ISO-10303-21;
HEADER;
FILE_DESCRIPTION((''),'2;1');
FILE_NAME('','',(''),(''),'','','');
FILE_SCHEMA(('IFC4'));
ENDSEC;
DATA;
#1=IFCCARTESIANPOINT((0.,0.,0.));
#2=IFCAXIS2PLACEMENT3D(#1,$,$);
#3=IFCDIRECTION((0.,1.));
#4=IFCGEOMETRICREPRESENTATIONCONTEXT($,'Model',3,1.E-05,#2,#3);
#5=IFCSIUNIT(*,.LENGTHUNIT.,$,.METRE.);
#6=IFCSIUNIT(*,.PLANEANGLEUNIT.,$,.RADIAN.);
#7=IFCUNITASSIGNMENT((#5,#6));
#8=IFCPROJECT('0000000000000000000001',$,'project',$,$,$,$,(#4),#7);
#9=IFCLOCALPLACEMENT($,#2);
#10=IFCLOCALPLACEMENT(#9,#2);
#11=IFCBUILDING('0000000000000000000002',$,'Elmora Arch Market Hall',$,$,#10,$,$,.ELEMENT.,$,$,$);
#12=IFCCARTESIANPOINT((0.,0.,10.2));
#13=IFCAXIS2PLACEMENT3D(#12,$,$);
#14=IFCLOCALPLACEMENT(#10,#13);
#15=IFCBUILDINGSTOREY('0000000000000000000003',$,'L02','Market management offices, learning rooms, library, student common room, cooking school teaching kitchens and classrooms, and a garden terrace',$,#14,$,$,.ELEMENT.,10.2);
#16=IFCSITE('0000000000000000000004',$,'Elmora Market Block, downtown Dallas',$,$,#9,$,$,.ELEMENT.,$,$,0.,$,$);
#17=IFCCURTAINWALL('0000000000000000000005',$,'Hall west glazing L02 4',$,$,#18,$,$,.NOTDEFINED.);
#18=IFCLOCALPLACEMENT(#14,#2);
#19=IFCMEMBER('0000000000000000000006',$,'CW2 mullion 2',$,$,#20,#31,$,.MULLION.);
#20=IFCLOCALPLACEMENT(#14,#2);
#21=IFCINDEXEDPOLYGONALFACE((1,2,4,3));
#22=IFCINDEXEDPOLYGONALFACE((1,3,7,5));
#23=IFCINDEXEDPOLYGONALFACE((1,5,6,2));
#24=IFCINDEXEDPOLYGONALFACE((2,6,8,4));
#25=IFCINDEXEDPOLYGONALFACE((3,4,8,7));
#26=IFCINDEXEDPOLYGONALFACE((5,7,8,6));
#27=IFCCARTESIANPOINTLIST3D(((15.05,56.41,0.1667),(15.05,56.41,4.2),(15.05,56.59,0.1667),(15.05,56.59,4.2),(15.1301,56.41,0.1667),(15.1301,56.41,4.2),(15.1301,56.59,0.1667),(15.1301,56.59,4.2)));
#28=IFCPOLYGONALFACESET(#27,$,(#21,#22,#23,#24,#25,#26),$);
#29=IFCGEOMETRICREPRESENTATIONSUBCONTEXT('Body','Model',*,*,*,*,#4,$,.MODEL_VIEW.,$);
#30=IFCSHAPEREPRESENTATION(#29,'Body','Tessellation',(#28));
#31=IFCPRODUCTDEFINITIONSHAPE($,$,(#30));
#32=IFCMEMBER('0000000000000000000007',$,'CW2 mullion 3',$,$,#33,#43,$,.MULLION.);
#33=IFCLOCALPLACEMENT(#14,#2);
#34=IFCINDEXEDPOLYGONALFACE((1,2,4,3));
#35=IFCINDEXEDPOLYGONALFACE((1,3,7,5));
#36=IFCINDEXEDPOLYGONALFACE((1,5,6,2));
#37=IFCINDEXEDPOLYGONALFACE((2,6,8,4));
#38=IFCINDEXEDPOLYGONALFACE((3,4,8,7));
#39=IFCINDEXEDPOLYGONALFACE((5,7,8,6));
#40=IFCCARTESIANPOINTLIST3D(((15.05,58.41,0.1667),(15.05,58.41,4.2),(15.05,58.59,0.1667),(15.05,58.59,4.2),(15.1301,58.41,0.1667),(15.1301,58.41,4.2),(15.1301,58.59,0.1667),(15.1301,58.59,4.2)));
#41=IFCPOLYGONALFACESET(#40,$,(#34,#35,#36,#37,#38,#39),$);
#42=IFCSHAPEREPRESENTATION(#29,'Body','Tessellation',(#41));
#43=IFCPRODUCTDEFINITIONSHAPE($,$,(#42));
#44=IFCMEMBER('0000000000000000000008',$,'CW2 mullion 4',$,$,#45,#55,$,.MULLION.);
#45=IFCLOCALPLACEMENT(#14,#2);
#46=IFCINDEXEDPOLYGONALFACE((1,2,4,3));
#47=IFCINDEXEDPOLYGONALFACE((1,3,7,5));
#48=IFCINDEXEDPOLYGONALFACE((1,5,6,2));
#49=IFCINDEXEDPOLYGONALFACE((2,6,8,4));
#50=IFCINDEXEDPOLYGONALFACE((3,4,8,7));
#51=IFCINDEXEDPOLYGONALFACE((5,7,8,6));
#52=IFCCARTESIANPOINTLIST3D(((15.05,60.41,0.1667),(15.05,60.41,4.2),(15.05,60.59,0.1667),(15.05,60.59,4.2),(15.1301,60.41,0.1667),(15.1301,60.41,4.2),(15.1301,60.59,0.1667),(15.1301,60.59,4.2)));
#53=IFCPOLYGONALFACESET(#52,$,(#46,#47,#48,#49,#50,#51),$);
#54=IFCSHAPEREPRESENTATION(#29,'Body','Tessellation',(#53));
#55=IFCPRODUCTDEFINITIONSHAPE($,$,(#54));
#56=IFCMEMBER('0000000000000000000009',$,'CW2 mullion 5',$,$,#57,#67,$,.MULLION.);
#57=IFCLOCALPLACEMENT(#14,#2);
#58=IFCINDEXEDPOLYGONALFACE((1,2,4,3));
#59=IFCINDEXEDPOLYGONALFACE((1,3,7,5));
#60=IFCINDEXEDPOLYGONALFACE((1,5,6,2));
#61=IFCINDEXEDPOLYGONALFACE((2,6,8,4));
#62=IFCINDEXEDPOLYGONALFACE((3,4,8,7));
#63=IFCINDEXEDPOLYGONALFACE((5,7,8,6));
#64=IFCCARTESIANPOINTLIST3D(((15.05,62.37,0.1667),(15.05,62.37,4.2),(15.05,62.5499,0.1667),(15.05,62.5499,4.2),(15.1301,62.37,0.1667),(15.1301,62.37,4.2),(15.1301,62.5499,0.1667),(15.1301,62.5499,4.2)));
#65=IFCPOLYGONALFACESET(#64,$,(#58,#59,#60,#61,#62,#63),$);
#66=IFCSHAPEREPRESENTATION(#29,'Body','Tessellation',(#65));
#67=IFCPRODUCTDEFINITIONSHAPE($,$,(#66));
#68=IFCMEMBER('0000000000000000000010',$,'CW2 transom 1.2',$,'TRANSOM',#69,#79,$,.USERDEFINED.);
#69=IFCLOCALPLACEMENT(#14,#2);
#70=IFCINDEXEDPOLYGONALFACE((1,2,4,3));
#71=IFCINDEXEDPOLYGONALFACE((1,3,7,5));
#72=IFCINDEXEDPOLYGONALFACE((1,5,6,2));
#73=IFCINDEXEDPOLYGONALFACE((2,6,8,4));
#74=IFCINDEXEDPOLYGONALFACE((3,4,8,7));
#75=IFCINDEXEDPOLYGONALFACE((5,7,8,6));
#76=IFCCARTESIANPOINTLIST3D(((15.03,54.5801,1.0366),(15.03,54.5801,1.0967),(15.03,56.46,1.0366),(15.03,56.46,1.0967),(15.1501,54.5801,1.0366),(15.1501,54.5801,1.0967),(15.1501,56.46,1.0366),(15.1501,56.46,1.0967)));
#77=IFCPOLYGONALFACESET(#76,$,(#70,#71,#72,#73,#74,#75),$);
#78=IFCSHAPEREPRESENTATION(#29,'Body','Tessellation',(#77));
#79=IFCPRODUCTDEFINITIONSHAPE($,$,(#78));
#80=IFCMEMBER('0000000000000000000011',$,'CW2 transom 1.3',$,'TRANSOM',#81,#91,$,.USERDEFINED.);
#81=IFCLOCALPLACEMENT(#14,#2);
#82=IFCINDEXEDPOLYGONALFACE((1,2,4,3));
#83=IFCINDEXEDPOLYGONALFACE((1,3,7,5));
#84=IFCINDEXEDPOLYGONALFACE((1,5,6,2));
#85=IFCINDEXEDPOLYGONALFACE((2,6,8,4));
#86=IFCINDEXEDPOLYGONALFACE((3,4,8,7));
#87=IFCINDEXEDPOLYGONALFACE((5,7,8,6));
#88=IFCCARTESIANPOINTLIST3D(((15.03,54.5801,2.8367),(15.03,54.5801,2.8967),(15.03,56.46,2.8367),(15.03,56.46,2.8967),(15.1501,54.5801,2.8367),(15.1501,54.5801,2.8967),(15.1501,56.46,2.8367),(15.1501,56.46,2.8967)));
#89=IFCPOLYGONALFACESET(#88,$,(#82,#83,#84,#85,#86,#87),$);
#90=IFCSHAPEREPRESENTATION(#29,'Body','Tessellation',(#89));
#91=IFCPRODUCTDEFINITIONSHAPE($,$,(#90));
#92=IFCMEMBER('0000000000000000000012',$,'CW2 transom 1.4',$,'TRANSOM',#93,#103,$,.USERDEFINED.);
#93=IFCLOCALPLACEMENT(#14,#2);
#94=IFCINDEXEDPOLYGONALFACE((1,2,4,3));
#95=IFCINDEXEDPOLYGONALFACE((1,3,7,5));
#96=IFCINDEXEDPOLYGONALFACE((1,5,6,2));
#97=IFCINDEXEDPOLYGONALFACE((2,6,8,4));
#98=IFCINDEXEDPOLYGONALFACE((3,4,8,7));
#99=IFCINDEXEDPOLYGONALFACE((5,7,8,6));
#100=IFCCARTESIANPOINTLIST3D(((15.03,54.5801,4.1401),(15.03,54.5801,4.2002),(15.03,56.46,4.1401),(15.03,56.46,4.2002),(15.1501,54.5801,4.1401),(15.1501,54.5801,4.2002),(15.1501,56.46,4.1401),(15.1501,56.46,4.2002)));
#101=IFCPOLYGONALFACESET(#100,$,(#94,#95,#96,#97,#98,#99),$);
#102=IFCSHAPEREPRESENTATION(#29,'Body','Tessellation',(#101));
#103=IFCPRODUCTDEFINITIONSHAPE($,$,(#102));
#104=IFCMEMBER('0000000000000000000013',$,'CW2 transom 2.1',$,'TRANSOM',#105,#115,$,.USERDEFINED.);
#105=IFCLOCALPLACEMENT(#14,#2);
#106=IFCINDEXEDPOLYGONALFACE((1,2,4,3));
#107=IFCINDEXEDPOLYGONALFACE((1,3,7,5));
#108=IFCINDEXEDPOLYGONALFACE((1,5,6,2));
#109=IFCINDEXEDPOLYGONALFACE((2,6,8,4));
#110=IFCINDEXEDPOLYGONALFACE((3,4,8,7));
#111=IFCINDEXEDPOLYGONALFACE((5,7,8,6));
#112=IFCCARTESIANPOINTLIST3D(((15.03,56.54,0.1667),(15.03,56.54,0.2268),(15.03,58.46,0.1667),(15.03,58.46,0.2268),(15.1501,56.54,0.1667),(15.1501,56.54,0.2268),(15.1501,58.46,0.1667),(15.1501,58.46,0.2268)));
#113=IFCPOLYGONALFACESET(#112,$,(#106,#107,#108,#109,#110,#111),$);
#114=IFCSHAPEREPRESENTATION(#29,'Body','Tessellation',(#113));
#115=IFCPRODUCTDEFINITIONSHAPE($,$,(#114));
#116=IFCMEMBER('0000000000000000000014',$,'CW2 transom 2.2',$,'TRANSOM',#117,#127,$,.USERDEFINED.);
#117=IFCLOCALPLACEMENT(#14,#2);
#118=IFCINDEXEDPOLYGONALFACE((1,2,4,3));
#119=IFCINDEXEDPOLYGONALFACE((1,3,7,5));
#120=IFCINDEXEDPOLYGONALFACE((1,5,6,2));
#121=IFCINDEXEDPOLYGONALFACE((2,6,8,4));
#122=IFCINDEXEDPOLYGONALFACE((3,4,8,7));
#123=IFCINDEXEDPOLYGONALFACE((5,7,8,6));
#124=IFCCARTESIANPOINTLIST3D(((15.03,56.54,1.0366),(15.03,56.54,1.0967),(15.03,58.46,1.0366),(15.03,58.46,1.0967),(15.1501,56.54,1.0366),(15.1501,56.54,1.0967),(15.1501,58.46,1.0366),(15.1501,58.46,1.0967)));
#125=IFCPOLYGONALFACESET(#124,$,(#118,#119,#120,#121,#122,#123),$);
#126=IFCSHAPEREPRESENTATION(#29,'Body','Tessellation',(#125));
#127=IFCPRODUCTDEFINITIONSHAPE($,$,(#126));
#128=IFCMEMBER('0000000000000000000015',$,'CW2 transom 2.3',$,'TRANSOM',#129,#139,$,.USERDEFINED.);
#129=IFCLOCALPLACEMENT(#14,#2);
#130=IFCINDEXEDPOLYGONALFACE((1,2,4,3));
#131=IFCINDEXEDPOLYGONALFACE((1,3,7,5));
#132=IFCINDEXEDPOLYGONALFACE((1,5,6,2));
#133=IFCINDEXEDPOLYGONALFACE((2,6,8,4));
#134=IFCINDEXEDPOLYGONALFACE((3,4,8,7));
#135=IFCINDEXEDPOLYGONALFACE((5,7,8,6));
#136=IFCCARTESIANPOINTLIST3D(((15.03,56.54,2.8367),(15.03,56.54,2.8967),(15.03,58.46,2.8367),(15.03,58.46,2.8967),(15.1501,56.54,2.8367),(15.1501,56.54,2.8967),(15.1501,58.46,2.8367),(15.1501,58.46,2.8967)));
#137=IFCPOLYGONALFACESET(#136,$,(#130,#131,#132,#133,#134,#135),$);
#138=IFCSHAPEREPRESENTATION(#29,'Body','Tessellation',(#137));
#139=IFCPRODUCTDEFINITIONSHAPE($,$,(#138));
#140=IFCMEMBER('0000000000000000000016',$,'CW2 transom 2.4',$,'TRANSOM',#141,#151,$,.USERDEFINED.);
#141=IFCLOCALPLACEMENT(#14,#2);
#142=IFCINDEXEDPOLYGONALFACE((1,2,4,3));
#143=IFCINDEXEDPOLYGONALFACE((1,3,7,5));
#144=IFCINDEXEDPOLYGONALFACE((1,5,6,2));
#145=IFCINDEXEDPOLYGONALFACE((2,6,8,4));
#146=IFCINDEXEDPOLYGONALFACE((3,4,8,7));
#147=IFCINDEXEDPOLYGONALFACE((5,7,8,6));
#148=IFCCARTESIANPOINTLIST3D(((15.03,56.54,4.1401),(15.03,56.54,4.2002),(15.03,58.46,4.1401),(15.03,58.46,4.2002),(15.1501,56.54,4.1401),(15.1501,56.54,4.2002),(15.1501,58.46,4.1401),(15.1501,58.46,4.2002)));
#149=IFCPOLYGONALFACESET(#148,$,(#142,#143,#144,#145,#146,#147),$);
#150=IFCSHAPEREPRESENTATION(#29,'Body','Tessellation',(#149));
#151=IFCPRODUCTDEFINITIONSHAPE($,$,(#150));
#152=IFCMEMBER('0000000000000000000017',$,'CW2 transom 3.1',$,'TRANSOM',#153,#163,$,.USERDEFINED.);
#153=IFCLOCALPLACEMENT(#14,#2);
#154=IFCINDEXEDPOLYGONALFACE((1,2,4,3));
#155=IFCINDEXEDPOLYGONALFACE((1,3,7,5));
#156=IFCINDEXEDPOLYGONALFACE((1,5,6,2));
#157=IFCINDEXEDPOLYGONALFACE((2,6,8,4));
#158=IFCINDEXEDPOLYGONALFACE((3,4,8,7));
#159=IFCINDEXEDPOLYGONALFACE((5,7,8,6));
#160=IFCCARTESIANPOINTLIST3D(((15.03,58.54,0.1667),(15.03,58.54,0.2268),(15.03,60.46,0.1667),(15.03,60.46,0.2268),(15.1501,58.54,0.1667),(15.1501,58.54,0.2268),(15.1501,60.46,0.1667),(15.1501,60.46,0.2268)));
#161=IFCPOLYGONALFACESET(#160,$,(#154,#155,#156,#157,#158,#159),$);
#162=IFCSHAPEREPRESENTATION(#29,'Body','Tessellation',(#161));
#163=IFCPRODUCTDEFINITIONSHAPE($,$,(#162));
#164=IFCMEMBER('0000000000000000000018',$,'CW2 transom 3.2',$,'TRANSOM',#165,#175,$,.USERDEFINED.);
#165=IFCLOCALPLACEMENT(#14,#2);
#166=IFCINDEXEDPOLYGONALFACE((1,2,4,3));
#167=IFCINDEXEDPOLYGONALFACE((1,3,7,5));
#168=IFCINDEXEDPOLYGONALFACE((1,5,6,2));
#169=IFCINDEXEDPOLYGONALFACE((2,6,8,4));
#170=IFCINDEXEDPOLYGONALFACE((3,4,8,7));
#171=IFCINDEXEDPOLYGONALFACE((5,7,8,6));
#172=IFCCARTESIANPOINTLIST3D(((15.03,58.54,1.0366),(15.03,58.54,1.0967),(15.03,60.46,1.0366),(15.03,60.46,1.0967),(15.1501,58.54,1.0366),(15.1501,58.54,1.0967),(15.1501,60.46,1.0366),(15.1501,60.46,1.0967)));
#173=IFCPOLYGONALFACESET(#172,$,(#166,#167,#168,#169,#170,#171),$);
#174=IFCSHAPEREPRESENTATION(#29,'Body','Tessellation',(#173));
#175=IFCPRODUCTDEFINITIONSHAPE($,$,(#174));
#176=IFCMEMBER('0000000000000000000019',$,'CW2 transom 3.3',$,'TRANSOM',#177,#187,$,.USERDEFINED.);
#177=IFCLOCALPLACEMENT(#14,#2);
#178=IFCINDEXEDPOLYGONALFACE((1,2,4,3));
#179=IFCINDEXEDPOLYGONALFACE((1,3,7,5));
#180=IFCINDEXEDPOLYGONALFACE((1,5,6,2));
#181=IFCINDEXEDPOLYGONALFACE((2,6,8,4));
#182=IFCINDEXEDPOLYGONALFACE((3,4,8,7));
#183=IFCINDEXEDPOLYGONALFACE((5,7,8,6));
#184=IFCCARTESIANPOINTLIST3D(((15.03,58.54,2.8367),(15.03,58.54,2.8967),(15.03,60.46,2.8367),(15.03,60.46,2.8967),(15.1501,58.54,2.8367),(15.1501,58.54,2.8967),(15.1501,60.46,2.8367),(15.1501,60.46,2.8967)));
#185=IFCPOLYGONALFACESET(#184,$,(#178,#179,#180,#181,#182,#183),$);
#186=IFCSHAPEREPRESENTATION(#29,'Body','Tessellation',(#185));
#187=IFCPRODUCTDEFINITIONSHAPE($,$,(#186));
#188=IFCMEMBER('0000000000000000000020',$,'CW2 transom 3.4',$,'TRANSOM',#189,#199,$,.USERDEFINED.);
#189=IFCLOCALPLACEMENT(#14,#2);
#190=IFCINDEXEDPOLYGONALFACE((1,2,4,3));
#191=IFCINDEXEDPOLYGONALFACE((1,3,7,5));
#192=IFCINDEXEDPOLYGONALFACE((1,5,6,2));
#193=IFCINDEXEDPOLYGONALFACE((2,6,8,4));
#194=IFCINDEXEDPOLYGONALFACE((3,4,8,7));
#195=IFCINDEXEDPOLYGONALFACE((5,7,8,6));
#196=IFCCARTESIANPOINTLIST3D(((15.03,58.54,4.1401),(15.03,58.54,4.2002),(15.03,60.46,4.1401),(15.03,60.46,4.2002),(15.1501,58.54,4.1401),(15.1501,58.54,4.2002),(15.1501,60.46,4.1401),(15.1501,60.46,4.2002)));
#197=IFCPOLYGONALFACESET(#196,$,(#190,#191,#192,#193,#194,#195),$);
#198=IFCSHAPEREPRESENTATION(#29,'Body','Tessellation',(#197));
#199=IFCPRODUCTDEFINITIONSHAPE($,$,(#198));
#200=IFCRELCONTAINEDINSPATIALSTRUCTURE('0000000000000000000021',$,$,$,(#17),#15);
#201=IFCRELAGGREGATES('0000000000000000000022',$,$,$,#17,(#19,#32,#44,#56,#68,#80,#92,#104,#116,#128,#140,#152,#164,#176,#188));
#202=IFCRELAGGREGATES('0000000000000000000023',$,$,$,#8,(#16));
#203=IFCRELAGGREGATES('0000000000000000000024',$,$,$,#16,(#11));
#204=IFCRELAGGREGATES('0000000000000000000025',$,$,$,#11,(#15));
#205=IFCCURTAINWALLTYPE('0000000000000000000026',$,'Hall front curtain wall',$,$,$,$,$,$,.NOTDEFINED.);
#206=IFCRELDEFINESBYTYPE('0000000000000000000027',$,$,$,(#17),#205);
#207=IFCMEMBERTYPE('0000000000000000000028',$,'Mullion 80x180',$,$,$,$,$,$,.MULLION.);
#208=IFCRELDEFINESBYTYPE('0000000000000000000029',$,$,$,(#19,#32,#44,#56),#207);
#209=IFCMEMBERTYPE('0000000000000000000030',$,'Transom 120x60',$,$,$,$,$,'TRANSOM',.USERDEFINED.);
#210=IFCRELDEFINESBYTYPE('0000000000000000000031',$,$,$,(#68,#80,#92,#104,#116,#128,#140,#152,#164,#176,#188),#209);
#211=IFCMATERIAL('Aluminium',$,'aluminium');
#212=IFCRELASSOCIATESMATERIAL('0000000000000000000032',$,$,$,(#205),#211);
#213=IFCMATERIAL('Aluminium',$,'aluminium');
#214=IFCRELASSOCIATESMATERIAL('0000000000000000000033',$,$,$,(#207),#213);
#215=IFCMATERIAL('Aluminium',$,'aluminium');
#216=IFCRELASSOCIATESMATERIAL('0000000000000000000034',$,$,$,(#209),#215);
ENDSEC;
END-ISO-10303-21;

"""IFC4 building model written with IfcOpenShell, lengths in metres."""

from ifc_helpers import new_model, si_unit, direction, frame, origin, origin_2d, place, context, subcontext, project, spatial, rectangle, extrude, material, material_profile, profile_set, type_object, element, aggregate, save


model = new_model("IFC4")

# Units and contexts
model_context = context("Model", 3, precision=1e-05, world=origin(), true_north=direction((0.0, 1.0)))
body_context = subcontext(model_context, "Body", "Model", "MODEL_VIEW")
ifc_project = project(units=[si_unit("LENGTHUNIT", "METRE"), si_unit("PLANEANGLEUNIT", "RADIAN")], contexts=[model_context])

# Site, building, storey
site_placement = place(None, origin())
site = spatial("IfcSite", under=ifc_project, at=site_placement, Name="Elmora Market Block, downtown Dallas", CompositionType="ELEMENT", RefElevation=0.0)
building_placement = place(site_placement, origin())
building = spatial("IfcBuilding", under=site, at=building_placement, Name="Elmora Arch Market Hall", CompositionType="ELEMENT")
storey_placement = place(building_placement, frame((0.0, 0.0, 10.2)))
storey = spatial("IfcBuildingStorey", under=building, at=storey_placement, Name="L02", Description="Market management offices, learning rooms, library, student common room, cooking school teaching kitchens and classrooms, and a garden terrace", CompositionType="ELEMENT", Elevation=10.2)

# Curtain wall, members
ifc_material_1 = material(Name="Aluminium", Category="aluminium")
curtain_wall_type = type_object("IfcCurtainWallType", Name="Hall front curtain wall", PredefinedType="NOTDEFINED", material=ifc_material_1)
curtain_wall_placement = place(storey_placement, origin())
curtain_wall = element("IfcCurtainWall", 1, at=curtain_wall_placement, inside=storey, type_object=curtain_wall_type, Name="Hall west glazing L02 4", PredefinedType="NOTDEFINED")
ifc_material_2 = material(Name="Aluminium", Category="aluminium")
ifc_material_profile_1 = material_profile(ifc_material_2, rectangle(XDim=0.0801, YDim=0.1799, at=origin_2d()), Name="AL 80x180")
ifc_profile_set_1 = profile_set([ifc_material_profile_1], Name="Aluminium")
member_type_1 = type_object("IfcMemberType", Name="Mullion 80x180", PredefinedType="MULLION", material=ifc_profile_set_1)
member_1_placement = place(storey_placement, frame((15.0901, 56.5, 0.1667), z_axis=(0.0, 0.0, 1.0), x_axis=(-1.0, 0.0, 0.0)))
member_1 = element("IfcMember", 2, at=member_1_placement, type_object=member_type_1, Name="CW2 mullion 2", PredefinedType="MULLION", context=body_context, shape_type="SweptSolid", body=[
    extrude(rectangle(XDim=0.0801, YDim=0.1799, at=origin_2d()), origin(), (0.0, 0.0, 1.0), 4.0332),
])
member_2_placement = place(storey_placement, frame((15.0901, 58.5, 0.1667), z_axis=(0.0, 0.0, 1.0), x_axis=(-1.0, 0.0, 0.0)))
member_2 = element("IfcMember", 3, at=member_2_placement, type_object=member_type_1, Name="CW2 mullion 3", PredefinedType="MULLION", context=body_context, shape_type="SweptSolid", body=[
    extrude(rectangle(XDim=0.0801, YDim=0.1799, at=origin_2d()), origin(), (0.0, 0.0, 1.0), 4.0332),
])
member_3_placement = place(storey_placement, frame((15.0901, 60.5, 0.1667), z_axis=(0.0, 0.0, 1.0), x_axis=(-1.0, 0.0, 0.0)))
member_3 = element("IfcMember", 4, at=member_3_placement, type_object=member_type_1, Name="CW2 mullion 4", PredefinedType="MULLION", context=body_context, shape_type="SweptSolid", body=[
    extrude(rectangle(XDim=0.0801, YDim=0.1799, at=origin_2d()), origin(), (0.0, 0.0, 1.0), 4.0332),
])
member_4_placement = place(storey_placement, frame((15.0901, 62.46, 0.1667), z_axis=(0.0, 0.0, 1.0), x_axis=(-1.0, 0.0, 0.0)))
member_4 = element("IfcMember", 5, at=member_4_placement, type_object=member_type_1, Name="CW2 mullion 5", PredefinedType="MULLION", context=body_context, shape_type="SweptSolid", body=[
    extrude(rectangle(XDim=0.0801, YDim=0.1799, at=origin_2d()), origin(), (0.0, 0.0, 1.0), 4.0332),
])
ifc_material_3 = material(Name="Aluminium", Category="aluminium")
ifc_material_profile_2 = material_profile(ifc_material_3, rectangle(XDim=0.1201, YDim=0.0601, at=origin_2d()), Name="AL 120x60")
ifc_profile_set_2 = profile_set([ifc_material_profile_2], Name="Aluminium")
member_type_2 = type_object("IfcMemberType", Name="Transom 120x60", ElementType="TRANSOM", PredefinedType="USERDEFINED", material=ifc_profile_set_2)
member_5_placement = place(storey_placement, frame((15.0901, 54.5801, 1.0667), z_axis=(0.0, 1.0, 0.0), x_axis=(-1.0, 0.0, 0.0)))
member_5 = element("IfcMember", 6, at=member_5_placement, type_object=member_type_2, Name="CW2 transom 1.2", ObjectType="TRANSOM", PredefinedType="USERDEFINED", context=body_context, shape_type="SweptSolid", body=[
    extrude(rectangle(XDim=0.1201, YDim=0.0601, at=origin_2d()), origin(), (0.0, 0.0, 1.0), 1.8799),
])
member_6_placement = place(storey_placement, frame((15.0901, 54.5801, 2.8667), z_axis=(0.0, 1.0, 0.0), x_axis=(-1.0, 0.0, 0.0)))
member_6 = element("IfcMember", 7, at=member_6_placement, type_object=member_type_2, Name="CW2 transom 1.3", ObjectType="TRANSOM", PredefinedType="USERDEFINED", context=body_context, shape_type="SweptSolid", body=[
    extrude(rectangle(XDim=0.1201, YDim=0.0601, at=origin_2d()), origin(), (0.0, 0.0, 1.0), 1.8799),
])
member_7_placement = place(storey_placement, frame((15.0901, 54.5801, 4.1702), z_axis=(0.0, 1.0, 0.0), x_axis=(-1.0, 0.0, 0.0)))
member_7 = element("IfcMember", 8, at=member_7_placement, type_object=member_type_2, Name="CW2 transom 1.4", ObjectType="TRANSOM", PredefinedType="USERDEFINED", context=body_context, shape_type="SweptSolid", body=[
    extrude(rectangle(XDim=0.1201, YDim=0.0601, at=origin_2d()), origin(), (0.0, 0.0, 1.0), 1.8799),
])
member_8_placement = place(storey_placement, frame((15.0901, 56.54, 0.1968), z_axis=(0.0, 1.0, 0.0), x_axis=(-1.0, 0.0, 0.0)))
member_8 = element("IfcMember", 9, at=member_8_placement, type_object=member_type_2, Name="CW2 transom 2.1", ObjectType="TRANSOM", PredefinedType="USERDEFINED", context=body_context, shape_type="SweptSolid", body=[
    extrude(rectangle(XDim=0.1201, YDim=0.0601, at=origin_2d()), origin(), (0.0, 0.0, 1.0), 1.9199),
])
member_9_placement = place(storey_placement, frame((15.0901, 56.54, 1.0667), z_axis=(0.0, 1.0, 0.0), x_axis=(-1.0, 0.0, 0.0)))
member_9 = element("IfcMember", 10, at=member_9_placement, type_object=member_type_2, Name="CW2 transom 2.2", ObjectType="TRANSOM", PredefinedType="USERDEFINED", context=body_context, shape_type="SweptSolid", body=[
    extrude(rectangle(XDim=0.1201, YDim=0.0601, at=origin_2d()), origin(), (0.0, 0.0, 1.0), 1.9199),
])
member_10_placement = place(storey_placement, frame((15.0901, 56.54, 2.8667), z_axis=(0.0, 1.0, 0.0), x_axis=(-1.0, 0.0, 0.0)))
member_10 = element("IfcMember", 11, at=member_10_placement, type_object=member_type_2, Name="CW2 transom 2.3", ObjectType="TRANSOM", PredefinedType="USERDEFINED", context=body_context, shape_type="SweptSolid", body=[
    extrude(rectangle(XDim=0.1201, YDim=0.0601, at=origin_2d()), origin(), (0.0, 0.0, 1.0), 1.9199),
])
member_11_placement = place(storey_placement, frame((15.0901, 56.54, 4.1702), z_axis=(0.0, 1.0, 0.0), x_axis=(-1.0, 0.0, 0.0)))
member_11 = element("IfcMember", 12, at=member_11_placement, type_object=member_type_2, Name="CW2 transom 2.4", ObjectType="TRANSOM", PredefinedType="USERDEFINED", context=body_context, shape_type="SweptSolid", body=[
    extrude(rectangle(XDim=0.1201, YDim=0.0601, at=origin_2d()), origin(), (0.0, 0.0, 1.0), 1.9199),
])
member_12_placement = place(storey_placement, frame((15.0901, 58.54, 0.1968), z_axis=(0.0, 1.0, 0.0), x_axis=(-1.0, 0.0, 0.0)))
member_12 = element("IfcMember", 13, at=member_12_placement, type_object=member_type_2, Name="CW2 transom 3.1", ObjectType="TRANSOM", PredefinedType="USERDEFINED", context=body_context, shape_type="SweptSolid", body=[
    extrude(rectangle(XDim=0.1201, YDim=0.0601, at=origin_2d()), origin(), (0.0, 0.0, 1.0), 1.9199),
])
member_13_placement = place(storey_placement, frame((15.0901, 58.54, 1.0667), z_axis=(0.0, 1.0, 0.0), x_axis=(-1.0, 0.0, 0.0)))
member_13 = element("IfcMember", 14, at=member_13_placement, type_object=member_type_2, Name="CW2 transom 3.2", ObjectType="TRANSOM", PredefinedType="USERDEFINED", context=body_context, shape_type="SweptSolid", body=[
    extrude(rectangle(XDim=0.1201, YDim=0.0601, at=origin_2d()), origin(), (0.0, 0.0, 1.0), 1.9199),
])
member_14_placement = place(storey_placement, frame((15.0901, 58.54, 2.8667), z_axis=(0.0, 1.0, 0.0), x_axis=(-1.0, 0.0, 0.0)))
member_14 = element("IfcMember", 15, at=member_14_placement, type_object=member_type_2, Name="CW2 transom 3.3", ObjectType="TRANSOM", PredefinedType="USERDEFINED", context=body_context, shape_type="SweptSolid", body=[
    extrude(rectangle(XDim=0.1201, YDim=0.0601, at=origin_2d()), origin(), (0.0, 0.0, 1.0), 1.9199),
])
member_15_placement = place(storey_placement, frame((15.0901, 58.54, 4.1702), z_axis=(0.0, 1.0, 0.0), x_axis=(-1.0, 0.0, 0.0)))
member_15 = element("IfcMember", 16, at=member_15_placement, type_object=member_type_2, Name="CW2 transom 3.4", ObjectType="TRANSOM", PredefinedType="USERDEFINED", context=body_context, shape_type="SweptSolid", body=[
    extrude(rectangle(XDim=0.1201, YDim=0.0601, at=origin_2d()), origin(), (0.0, 0.0, 1.0), 1.9199),
])
aggregate(curtain_wall, [member_1, member_2, member_3, member_4, member_5, member_6, member_7, member_8, member_9, member_10, member_11, member_12, member_13, member_14, member_15])

save(model, "model.ifc")
